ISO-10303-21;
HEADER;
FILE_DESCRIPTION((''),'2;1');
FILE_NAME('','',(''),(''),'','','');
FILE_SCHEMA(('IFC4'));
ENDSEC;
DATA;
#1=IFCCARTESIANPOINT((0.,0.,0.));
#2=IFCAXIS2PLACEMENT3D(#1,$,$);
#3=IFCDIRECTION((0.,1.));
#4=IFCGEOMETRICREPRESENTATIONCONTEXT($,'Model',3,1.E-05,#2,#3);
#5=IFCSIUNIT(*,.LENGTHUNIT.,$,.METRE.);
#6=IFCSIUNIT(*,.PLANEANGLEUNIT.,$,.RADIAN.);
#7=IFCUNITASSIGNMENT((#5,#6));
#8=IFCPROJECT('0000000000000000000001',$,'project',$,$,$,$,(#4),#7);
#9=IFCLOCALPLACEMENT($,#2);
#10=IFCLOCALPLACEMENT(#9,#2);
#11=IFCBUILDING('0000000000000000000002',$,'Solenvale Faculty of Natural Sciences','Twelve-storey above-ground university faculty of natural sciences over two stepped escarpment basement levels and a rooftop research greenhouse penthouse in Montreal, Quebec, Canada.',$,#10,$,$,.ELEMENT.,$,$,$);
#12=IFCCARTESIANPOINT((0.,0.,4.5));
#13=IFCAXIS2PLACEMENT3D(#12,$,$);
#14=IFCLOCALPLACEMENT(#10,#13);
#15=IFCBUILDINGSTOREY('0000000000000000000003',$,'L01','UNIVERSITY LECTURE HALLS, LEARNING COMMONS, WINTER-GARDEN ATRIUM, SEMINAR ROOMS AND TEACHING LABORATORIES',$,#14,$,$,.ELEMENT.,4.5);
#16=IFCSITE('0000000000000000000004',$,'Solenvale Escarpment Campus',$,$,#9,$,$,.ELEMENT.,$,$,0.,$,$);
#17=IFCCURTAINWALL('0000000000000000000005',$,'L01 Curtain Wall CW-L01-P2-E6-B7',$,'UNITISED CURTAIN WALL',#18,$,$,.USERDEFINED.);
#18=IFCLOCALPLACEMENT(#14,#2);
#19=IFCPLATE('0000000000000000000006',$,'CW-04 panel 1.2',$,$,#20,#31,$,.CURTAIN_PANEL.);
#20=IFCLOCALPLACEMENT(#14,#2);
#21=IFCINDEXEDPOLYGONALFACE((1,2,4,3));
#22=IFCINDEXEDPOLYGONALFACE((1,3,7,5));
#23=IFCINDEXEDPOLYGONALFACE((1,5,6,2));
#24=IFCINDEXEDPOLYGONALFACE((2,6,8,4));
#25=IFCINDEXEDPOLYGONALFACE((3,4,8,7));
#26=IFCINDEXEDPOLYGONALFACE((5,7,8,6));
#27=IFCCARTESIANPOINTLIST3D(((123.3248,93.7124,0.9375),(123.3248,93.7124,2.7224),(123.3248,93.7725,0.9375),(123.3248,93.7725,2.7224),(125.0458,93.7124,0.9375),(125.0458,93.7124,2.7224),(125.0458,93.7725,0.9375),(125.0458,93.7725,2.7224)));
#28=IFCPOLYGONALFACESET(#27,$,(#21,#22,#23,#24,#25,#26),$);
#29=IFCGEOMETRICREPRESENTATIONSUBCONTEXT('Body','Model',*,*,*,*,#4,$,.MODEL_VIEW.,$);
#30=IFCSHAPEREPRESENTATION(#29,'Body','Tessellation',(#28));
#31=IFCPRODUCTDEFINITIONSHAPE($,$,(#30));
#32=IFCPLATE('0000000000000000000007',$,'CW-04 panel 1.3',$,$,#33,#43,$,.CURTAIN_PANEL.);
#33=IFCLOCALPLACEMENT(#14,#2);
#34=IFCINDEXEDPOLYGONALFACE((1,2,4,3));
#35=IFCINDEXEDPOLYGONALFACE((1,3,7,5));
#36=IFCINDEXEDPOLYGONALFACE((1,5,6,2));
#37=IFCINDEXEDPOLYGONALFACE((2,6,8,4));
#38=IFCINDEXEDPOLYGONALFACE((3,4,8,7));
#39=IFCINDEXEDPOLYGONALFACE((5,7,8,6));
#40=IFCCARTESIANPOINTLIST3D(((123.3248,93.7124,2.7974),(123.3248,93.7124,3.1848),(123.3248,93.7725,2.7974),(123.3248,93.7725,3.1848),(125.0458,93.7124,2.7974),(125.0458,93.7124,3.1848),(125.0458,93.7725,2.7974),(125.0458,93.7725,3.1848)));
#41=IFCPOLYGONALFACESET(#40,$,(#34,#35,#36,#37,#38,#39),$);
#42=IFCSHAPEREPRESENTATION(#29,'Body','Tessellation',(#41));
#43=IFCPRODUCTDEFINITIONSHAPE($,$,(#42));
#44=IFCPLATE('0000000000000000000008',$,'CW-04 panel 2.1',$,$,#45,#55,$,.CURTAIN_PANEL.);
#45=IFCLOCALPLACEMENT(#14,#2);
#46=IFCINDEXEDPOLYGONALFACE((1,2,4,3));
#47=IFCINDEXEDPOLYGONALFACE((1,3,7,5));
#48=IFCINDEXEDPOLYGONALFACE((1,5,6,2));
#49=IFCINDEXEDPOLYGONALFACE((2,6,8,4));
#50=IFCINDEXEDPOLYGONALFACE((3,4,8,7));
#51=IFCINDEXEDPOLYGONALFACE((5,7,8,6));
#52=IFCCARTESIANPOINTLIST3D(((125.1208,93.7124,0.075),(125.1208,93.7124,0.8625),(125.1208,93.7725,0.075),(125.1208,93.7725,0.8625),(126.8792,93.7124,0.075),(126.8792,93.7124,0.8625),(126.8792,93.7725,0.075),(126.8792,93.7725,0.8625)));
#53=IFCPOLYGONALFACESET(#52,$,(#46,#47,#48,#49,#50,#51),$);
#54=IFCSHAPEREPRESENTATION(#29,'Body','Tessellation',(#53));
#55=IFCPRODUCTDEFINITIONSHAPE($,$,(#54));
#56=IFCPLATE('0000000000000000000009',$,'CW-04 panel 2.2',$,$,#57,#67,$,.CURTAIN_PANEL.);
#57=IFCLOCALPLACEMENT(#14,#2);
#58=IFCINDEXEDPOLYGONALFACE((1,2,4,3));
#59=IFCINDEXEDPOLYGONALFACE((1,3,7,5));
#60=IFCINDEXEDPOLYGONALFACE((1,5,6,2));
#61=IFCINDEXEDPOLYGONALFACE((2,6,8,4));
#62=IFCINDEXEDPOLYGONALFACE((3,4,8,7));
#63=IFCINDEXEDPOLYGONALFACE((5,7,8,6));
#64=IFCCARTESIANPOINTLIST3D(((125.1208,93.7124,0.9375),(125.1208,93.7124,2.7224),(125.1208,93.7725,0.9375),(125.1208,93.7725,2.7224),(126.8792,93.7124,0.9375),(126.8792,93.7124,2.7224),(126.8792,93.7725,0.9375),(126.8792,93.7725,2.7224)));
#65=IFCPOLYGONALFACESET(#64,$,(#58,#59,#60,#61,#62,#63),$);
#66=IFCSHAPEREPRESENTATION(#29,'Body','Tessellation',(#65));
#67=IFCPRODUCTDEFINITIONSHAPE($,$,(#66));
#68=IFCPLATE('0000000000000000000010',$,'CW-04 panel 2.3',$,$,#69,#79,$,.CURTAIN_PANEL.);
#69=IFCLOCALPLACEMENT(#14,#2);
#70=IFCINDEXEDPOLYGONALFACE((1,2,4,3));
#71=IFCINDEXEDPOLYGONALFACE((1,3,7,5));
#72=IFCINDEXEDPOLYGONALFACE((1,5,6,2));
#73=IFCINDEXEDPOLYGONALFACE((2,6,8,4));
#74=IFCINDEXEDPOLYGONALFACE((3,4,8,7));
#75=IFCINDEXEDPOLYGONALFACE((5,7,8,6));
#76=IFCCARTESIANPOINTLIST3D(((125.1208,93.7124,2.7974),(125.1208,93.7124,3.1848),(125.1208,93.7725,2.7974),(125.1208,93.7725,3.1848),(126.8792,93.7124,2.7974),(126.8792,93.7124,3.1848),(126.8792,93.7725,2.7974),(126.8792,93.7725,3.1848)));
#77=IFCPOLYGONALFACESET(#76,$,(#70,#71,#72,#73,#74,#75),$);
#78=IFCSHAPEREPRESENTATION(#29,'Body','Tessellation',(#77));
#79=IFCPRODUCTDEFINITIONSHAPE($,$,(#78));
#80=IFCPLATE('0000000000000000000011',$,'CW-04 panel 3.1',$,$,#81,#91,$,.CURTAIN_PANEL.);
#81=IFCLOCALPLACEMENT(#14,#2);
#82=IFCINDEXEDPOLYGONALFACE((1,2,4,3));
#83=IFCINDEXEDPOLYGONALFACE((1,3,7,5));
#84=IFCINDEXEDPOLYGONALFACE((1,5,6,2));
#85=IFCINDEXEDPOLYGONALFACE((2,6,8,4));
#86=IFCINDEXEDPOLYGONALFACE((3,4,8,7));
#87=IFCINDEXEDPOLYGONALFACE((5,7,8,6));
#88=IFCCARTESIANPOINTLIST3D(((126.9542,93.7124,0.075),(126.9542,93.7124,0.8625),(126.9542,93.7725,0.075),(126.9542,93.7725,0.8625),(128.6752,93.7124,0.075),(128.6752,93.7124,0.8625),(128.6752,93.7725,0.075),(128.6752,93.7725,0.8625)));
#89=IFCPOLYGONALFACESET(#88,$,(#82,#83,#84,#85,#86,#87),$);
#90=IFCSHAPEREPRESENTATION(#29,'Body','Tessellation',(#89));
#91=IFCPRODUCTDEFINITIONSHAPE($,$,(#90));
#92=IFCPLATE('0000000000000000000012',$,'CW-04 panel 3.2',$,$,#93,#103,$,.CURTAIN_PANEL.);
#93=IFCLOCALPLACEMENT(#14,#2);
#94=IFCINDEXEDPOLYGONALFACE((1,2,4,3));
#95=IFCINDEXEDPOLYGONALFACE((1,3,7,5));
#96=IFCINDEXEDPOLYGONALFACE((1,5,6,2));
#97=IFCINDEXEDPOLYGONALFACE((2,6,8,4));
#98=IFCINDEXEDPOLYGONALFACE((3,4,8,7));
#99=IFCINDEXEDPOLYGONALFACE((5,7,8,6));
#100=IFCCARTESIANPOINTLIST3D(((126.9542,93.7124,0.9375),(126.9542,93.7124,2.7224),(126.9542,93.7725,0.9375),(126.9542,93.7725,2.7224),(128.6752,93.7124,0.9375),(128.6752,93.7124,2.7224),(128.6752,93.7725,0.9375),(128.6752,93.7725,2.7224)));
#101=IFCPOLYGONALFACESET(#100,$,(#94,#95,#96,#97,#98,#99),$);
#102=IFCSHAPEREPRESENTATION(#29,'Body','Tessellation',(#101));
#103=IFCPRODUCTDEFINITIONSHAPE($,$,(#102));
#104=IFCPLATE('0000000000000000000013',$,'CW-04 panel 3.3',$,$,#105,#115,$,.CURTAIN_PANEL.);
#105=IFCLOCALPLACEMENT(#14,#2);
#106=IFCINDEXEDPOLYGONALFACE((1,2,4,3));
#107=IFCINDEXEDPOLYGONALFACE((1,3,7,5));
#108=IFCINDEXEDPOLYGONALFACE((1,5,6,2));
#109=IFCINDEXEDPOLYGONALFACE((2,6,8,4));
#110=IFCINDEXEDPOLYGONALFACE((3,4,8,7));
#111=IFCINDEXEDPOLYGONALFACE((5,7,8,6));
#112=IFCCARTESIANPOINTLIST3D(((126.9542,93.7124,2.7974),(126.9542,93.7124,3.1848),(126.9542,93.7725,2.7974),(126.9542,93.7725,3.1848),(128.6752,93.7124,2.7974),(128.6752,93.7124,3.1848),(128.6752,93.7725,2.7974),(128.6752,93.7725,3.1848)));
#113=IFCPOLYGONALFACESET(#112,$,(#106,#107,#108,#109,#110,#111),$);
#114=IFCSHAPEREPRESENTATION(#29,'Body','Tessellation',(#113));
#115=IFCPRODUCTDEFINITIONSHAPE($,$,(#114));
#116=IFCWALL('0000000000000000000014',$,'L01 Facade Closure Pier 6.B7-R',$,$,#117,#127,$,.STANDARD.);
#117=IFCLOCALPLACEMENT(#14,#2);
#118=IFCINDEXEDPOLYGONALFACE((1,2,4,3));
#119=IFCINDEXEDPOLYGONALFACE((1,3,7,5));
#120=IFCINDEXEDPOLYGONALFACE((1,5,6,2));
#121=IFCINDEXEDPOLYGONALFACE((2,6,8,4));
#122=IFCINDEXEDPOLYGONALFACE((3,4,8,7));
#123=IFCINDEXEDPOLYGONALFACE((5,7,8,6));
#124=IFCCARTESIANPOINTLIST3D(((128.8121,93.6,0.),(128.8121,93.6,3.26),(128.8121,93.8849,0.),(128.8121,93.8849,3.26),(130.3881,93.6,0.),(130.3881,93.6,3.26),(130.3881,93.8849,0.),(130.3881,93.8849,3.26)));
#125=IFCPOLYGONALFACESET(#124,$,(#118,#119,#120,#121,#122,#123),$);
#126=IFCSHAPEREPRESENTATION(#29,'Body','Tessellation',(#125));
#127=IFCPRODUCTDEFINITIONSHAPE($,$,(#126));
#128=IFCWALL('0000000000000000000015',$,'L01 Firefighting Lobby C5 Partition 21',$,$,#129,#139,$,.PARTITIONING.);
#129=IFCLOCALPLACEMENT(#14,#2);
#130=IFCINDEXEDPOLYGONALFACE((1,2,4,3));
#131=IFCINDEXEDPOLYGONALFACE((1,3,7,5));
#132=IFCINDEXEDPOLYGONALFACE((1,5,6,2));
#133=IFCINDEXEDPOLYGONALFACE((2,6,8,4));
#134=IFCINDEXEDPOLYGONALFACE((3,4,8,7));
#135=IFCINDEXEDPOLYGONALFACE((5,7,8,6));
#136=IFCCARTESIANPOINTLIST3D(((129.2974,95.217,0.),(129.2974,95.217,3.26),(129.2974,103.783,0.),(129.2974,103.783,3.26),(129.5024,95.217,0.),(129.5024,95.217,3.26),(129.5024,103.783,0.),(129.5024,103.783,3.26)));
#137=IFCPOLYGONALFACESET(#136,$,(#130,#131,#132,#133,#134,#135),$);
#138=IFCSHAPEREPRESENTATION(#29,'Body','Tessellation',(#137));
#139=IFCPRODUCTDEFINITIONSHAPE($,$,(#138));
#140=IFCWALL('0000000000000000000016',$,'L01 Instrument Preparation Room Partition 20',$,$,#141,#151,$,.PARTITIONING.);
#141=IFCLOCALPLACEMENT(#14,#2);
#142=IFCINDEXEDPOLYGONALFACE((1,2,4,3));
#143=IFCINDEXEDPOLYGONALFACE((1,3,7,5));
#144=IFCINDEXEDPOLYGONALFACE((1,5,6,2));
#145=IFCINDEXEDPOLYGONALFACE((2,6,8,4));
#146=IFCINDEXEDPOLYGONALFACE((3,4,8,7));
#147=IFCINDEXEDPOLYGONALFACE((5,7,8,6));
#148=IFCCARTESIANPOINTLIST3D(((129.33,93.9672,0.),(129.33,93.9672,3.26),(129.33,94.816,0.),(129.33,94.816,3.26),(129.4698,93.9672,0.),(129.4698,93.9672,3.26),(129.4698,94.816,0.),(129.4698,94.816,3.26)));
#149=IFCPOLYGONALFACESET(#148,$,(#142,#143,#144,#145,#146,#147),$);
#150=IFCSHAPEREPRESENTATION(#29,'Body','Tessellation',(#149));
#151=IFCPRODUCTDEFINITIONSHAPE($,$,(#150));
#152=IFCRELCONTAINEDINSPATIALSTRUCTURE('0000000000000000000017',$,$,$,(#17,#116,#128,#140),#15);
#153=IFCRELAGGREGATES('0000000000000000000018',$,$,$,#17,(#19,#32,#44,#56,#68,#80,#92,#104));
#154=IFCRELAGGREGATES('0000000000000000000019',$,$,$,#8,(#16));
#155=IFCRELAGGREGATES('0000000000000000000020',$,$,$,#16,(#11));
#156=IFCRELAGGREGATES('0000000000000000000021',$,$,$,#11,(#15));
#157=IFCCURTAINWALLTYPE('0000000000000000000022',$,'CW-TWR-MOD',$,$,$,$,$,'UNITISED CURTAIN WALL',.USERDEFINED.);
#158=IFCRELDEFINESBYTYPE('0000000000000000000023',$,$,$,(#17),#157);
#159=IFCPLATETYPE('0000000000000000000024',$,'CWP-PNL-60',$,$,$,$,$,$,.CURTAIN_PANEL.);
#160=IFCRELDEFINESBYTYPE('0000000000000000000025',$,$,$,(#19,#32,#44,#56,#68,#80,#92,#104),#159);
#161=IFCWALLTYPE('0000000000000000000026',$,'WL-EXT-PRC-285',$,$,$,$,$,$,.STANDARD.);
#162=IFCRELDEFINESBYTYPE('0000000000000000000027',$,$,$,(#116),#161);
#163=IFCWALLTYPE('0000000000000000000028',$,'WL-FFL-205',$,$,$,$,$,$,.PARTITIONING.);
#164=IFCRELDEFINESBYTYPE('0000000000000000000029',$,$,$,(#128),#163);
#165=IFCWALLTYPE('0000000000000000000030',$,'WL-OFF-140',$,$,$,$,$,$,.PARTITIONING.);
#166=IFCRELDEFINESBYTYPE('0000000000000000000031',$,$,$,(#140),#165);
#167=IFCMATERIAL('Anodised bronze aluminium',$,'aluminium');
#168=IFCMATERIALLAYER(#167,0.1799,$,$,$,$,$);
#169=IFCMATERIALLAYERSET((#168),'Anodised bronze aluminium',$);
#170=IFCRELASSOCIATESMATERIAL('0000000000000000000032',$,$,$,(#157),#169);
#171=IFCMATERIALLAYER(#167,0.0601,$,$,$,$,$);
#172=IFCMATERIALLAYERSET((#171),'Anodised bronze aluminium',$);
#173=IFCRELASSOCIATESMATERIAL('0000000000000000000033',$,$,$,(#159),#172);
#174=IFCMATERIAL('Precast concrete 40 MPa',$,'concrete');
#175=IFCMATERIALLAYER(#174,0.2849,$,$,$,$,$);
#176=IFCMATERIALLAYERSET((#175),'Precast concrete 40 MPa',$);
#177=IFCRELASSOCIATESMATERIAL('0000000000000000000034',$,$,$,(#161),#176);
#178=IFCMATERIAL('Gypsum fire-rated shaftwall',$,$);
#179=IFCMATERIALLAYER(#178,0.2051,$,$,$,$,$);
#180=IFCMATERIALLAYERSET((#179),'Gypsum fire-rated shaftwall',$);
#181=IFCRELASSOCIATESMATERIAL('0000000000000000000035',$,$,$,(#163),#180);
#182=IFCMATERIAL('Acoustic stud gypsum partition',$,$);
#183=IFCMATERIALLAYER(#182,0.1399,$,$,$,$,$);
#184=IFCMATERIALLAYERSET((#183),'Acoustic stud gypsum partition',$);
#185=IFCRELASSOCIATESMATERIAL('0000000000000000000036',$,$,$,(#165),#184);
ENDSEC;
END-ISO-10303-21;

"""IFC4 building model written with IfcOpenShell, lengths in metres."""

from ifc_helpers import new_model, si_unit, direction, frame, frame_2d, origin, origin_2d, place, context, subcontext, project, spatial, rectangle, extrude, material, layer, layer_set, type_object, element, aggregate, save


model = new_model("IFC4")

# Units and contexts
model_context = context("Model", 3, precision=1e-05, world=origin(), true_north=direction((0.0, 1.0)))
body_context = subcontext(model_context, "Body", "Model", "MODEL_VIEW")
ifc_project = project(units=[si_unit("LENGTHUNIT", "METRE"), si_unit("PLANEANGLEUNIT", "RADIAN")], contexts=[model_context])

# Site, building, storey
site_placement = place(None, origin())
site = spatial("IfcSite", under=ifc_project, at=site_placement, Name="Solenvale Escarpment Campus", CompositionType="ELEMENT", RefElevation=0.0)
building_placement = place(site_placement, origin())
building = spatial("IfcBuilding", under=site, at=building_placement, Name="Solenvale Faculty of Natural Sciences", Description="Twelve-storey above-ground university faculty of natural sciences over two stepped escarpment basement levels and a rooftop research greenhouse penthouse in Montreal, Quebec, Canada.", CompositionType="ELEMENT")
storey_placement = place(building_placement, frame((0.0, 0.0, 4.5)))
storey = spatial("IfcBuildingStorey", under=building, at=storey_placement, Name="L01", Description="UNIVERSITY LECTURE HALLS, LEARNING COMMONS, WINTER-GARDEN ATRIUM, SEMINAR ROOMS AND TEACHING LABORATORIES", CompositionType="ELEMENT", Elevation=4.5)

# Curtain wall, plates
ifc_material_1 = material(Name="Anodised bronze aluminium", Category="aluminium")
ifc_layer_1 = layer(ifc_material_1, 0.1799)
ifc_layer_set_1 = layer_set([ifc_layer_1], Name="Anodised bronze aluminium")
curtain_wall_type = type_object("IfcCurtainWallType", Name="CW-TWR-MOD", ElementType="UNITISED CURTAIN WALL", PredefinedType="USERDEFINED", material=ifc_layer_set_1)
curtain_wall_placement = place(storey_placement, origin())
curtain_wall = element("IfcCurtainWall", 1, at=curtain_wall_placement, inside=storey, type_object=curtain_wall_type, Name="L01 Curtain Wall CW-L01-P2-E6-B7", ObjectType="UNITISED CURTAIN WALL", PredefinedType="USERDEFINED")
ifc_layer_2 = layer(ifc_material_1, 0.0601)
ifc_layer_set_2 = layer_set([ifc_layer_2], Name="Anodised bronze aluminium")
plate_type = type_object("IfcPlateType", Name="CWP-PNL-60", PredefinedType="CURTAIN_PANEL", material=ifc_layer_set_2)
plate_1_placement = place(storey_placement, frame((124.1853, 93.7424, 0.9375), z_axis=(0.0, 0.0, 1.0), x_axis=(1.0, 0.0, 0.0)))
plate_1 = element("IfcPlate", 2, at=plate_1_placement, type_object=plate_type, Name="CW-04 panel 1.2", PredefinedType="CURTAIN_PANEL", context=body_context, shape_type="SweptSolid", body=[
    extrude(rectangle(XDim=1.7209, YDim=0.0601, at=origin_2d()), origin(), (0.0, 0.0, 1.0), 1.7849),
])
plate_2_placement = place(storey_placement, frame((124.1853, 93.7424, 2.7974), z_axis=(0.0, 0.0, 1.0), x_axis=(1.0, 0.0, 0.0)))
plate_2 = element("IfcPlate", 3, at=plate_2_placement, type_object=plate_type, Name="CW-04 panel 1.3", PredefinedType="CURTAIN_PANEL", context=body_context, shape_type="SweptSolid", body=[
    extrude(rectangle(XDim=1.7209, YDim=0.0601, at=origin_2d()), origin(), (0.0, 0.0, 1.0), 0.3875),
])
plate_3_placement = place(storey_placement, frame((126.0, 93.7424, 0.075), z_axis=(0.0, 0.0, 1.0), x_axis=(1.0, 0.0, 0.0)))
plate_3 = element("IfcPlate", 4, at=plate_3_placement, type_object=plate_type, Name="CW-04 panel 2.1", PredefinedType="CURTAIN_PANEL", context=body_context, shape_type="SweptSolid", body=[
    extrude(rectangle(XDim=1.7583, YDim=0.0601, at=origin_2d()), origin(), (0.0, 0.0, 1.0), 0.7876),
])
plate_4_placement = place(storey_placement, frame((126.0, 93.7424, 0.9375), z_axis=(0.0, 0.0, 1.0), x_axis=(1.0, 0.0, 0.0)))
plate_4 = element("IfcPlate", 5, at=plate_4_placement, type_object=plate_type, Name="CW-04 panel 2.2", PredefinedType="CURTAIN_PANEL", context=body_context, shape_type="SweptSolid", body=[
    extrude(rectangle(XDim=1.7583, YDim=0.0601, at=origin_2d()), origin(), (0.0, 0.0, 1.0), 1.7849),
])
plate_5_placement = place(storey_placement, frame((126.0, 93.7424, 2.7974), z_axis=(0.0, 0.0, 1.0), x_axis=(1.0, 0.0, 0.0)))
plate_5 = element("IfcPlate", 6, at=plate_5_placement, type_object=plate_type, Name="CW-04 panel 2.3", PredefinedType="CURTAIN_PANEL", context=body_context, shape_type="SweptSolid", body=[
    extrude(rectangle(XDim=1.7583, YDim=0.0601, at=origin_2d()), origin(), (0.0, 0.0, 1.0), 0.3875),
])
plate_6_placement = place(storey_placement, frame((127.8147, 93.7424, 0.075), z_axis=(0.0, 0.0, 1.0), x_axis=(1.0, 0.0, 0.0)))
plate_6 = element("IfcPlate", 7, at=plate_6_placement, type_object=plate_type, Name="CW-04 panel 3.1", PredefinedType="CURTAIN_PANEL", context=body_context, shape_type="SweptSolid", body=[
    extrude(rectangle(XDim=1.7209, YDim=0.0601, at=origin_2d()), origin(), (0.0, 0.0, 1.0), 0.7876),
])
plate_7_placement = place(storey_placement, frame((127.8147, 93.7424, 0.9375), z_axis=(0.0, 0.0, 1.0), x_axis=(1.0, 0.0, 0.0)))
plate_7 = element("IfcPlate", 8, at=plate_7_placement, type_object=plate_type, Name="CW-04 panel 3.2", PredefinedType="CURTAIN_PANEL", context=body_context, shape_type="SweptSolid", body=[
    extrude(rectangle(XDim=1.7209, YDim=0.0601, at=origin_2d()), origin(), (0.0, 0.0, 1.0), 1.7849),
])
plate_8_placement = place(storey_placement, frame((127.8147, 93.7424, 2.7974), z_axis=(0.0, 0.0, 1.0), x_axis=(1.0, 0.0, 0.0)))
plate_8 = element("IfcPlate", 9, at=plate_8_placement, type_object=plate_type, Name="CW-04 panel 3.3", PredefinedType="CURTAIN_PANEL", context=body_context, shape_type="SweptSolid", body=[
    extrude(rectangle(XDim=1.7209, YDim=0.0601, at=origin_2d()), origin(), (0.0, 0.0, 1.0), 0.3875),
])
aggregate(curtain_wall, [plate_1, plate_2, plate_3, plate_4, plate_5, plate_6, plate_7, plate_8])

# Walls
ifc_material_2 = material(Name="Precast concrete 40 MPa", Category="concrete")
ifc_layer_3 = layer(ifc_material_2, 0.2849)
ifc_layer_set_3 = layer_set([ifc_layer_3], Name="Precast concrete 40 MPa")
wall_type_1 = type_object("IfcWallType", Name="WL-EXT-PRC-285", PredefinedType="STANDARD", material=ifc_layer_set_3)
wall_1_placement = place(storey_placement, frame((128.812, 93.7424, 0.0), z_axis=(0.0, 0.0, 1.0), x_axis=(1.0, 0.0, 0.0)))
element("IfcWall", 10, at=wall_1_placement, inside=storey, type_object=wall_type_1, Name="L01 Facade Closure Pier 6.B7-R", PredefinedType="STANDARD", context=body_context, shape_type="SweptSolid", body=[
    extrude(rectangle(XDim=1.5759, YDim=0.2849, at=frame_2d((0.7881, 0.0))), origin(), (0.0, 0.0, 1.0), 3.26),
])
ifc_material_3 = material(Name="Gypsum fire-rated shaftwall")
ifc_layer_4 = layer(ifc_material_3, 0.2051)
ifc_layer_set_4 = layer_set([ifc_layer_4], Name="Gypsum fire-rated shaftwall")
wall_type_2 = type_object("IfcWallType", Name="WL-FFL-205", PredefinedType="PARTITIONING", material=ifc_layer_set_4)
wall_2_placement = place(storey_placement, frame((129.3999, 95.217, 0.0), z_axis=(0.0, 0.0, 1.0), x_axis=(0.0, 1.0, 0.0)))
element("IfcWall", 11, at=wall_2_placement, inside=storey, type_object=wall_type_2, Name="L01 Firefighting Lobby C5 Partition 21", PredefinedType="PARTITIONING", context=body_context, shape_type="SweptSolid", body=[
    extrude(rectangle(XDim=8.5659, YDim=0.2051, at=frame_2d((4.283, 0.0))), origin(), (0.0, 0.0, 1.0), 3.26),
])
ifc_material_4 = material(Name="Acoustic stud gypsum partition")
ifc_layer_5 = layer(ifc_material_4, 0.1399)
ifc_layer_set_5 = layer_set([ifc_layer_5], Name="Acoustic stud gypsum partition")
wall_type_3 = type_object("IfcWallType", Name="WL-OFF-140", PredefinedType="PARTITIONING", material=ifc_layer_set_5)
wall_3_placement = place(storey_placement, frame((129.3999, 94.8159, 0.0), z_axis=(0.0, 0.0, 1.0), x_axis=(0.0, -1.0, 0.0)))
element("IfcWall", 12, at=wall_3_placement, inside=storey, type_object=wall_type_3, Name="L01 Instrument Preparation Room Partition 20", PredefinedType="PARTITIONING", context=body_context, shape_type="SweptSolid", body=[
    extrude(rectangle(XDim=0.8489, YDim=0.1399, at=frame_2d((0.4243, 0.0))), origin(), (0.0, 0.0, 1.0), 3.26),
])

save(model, "model.ifc")
